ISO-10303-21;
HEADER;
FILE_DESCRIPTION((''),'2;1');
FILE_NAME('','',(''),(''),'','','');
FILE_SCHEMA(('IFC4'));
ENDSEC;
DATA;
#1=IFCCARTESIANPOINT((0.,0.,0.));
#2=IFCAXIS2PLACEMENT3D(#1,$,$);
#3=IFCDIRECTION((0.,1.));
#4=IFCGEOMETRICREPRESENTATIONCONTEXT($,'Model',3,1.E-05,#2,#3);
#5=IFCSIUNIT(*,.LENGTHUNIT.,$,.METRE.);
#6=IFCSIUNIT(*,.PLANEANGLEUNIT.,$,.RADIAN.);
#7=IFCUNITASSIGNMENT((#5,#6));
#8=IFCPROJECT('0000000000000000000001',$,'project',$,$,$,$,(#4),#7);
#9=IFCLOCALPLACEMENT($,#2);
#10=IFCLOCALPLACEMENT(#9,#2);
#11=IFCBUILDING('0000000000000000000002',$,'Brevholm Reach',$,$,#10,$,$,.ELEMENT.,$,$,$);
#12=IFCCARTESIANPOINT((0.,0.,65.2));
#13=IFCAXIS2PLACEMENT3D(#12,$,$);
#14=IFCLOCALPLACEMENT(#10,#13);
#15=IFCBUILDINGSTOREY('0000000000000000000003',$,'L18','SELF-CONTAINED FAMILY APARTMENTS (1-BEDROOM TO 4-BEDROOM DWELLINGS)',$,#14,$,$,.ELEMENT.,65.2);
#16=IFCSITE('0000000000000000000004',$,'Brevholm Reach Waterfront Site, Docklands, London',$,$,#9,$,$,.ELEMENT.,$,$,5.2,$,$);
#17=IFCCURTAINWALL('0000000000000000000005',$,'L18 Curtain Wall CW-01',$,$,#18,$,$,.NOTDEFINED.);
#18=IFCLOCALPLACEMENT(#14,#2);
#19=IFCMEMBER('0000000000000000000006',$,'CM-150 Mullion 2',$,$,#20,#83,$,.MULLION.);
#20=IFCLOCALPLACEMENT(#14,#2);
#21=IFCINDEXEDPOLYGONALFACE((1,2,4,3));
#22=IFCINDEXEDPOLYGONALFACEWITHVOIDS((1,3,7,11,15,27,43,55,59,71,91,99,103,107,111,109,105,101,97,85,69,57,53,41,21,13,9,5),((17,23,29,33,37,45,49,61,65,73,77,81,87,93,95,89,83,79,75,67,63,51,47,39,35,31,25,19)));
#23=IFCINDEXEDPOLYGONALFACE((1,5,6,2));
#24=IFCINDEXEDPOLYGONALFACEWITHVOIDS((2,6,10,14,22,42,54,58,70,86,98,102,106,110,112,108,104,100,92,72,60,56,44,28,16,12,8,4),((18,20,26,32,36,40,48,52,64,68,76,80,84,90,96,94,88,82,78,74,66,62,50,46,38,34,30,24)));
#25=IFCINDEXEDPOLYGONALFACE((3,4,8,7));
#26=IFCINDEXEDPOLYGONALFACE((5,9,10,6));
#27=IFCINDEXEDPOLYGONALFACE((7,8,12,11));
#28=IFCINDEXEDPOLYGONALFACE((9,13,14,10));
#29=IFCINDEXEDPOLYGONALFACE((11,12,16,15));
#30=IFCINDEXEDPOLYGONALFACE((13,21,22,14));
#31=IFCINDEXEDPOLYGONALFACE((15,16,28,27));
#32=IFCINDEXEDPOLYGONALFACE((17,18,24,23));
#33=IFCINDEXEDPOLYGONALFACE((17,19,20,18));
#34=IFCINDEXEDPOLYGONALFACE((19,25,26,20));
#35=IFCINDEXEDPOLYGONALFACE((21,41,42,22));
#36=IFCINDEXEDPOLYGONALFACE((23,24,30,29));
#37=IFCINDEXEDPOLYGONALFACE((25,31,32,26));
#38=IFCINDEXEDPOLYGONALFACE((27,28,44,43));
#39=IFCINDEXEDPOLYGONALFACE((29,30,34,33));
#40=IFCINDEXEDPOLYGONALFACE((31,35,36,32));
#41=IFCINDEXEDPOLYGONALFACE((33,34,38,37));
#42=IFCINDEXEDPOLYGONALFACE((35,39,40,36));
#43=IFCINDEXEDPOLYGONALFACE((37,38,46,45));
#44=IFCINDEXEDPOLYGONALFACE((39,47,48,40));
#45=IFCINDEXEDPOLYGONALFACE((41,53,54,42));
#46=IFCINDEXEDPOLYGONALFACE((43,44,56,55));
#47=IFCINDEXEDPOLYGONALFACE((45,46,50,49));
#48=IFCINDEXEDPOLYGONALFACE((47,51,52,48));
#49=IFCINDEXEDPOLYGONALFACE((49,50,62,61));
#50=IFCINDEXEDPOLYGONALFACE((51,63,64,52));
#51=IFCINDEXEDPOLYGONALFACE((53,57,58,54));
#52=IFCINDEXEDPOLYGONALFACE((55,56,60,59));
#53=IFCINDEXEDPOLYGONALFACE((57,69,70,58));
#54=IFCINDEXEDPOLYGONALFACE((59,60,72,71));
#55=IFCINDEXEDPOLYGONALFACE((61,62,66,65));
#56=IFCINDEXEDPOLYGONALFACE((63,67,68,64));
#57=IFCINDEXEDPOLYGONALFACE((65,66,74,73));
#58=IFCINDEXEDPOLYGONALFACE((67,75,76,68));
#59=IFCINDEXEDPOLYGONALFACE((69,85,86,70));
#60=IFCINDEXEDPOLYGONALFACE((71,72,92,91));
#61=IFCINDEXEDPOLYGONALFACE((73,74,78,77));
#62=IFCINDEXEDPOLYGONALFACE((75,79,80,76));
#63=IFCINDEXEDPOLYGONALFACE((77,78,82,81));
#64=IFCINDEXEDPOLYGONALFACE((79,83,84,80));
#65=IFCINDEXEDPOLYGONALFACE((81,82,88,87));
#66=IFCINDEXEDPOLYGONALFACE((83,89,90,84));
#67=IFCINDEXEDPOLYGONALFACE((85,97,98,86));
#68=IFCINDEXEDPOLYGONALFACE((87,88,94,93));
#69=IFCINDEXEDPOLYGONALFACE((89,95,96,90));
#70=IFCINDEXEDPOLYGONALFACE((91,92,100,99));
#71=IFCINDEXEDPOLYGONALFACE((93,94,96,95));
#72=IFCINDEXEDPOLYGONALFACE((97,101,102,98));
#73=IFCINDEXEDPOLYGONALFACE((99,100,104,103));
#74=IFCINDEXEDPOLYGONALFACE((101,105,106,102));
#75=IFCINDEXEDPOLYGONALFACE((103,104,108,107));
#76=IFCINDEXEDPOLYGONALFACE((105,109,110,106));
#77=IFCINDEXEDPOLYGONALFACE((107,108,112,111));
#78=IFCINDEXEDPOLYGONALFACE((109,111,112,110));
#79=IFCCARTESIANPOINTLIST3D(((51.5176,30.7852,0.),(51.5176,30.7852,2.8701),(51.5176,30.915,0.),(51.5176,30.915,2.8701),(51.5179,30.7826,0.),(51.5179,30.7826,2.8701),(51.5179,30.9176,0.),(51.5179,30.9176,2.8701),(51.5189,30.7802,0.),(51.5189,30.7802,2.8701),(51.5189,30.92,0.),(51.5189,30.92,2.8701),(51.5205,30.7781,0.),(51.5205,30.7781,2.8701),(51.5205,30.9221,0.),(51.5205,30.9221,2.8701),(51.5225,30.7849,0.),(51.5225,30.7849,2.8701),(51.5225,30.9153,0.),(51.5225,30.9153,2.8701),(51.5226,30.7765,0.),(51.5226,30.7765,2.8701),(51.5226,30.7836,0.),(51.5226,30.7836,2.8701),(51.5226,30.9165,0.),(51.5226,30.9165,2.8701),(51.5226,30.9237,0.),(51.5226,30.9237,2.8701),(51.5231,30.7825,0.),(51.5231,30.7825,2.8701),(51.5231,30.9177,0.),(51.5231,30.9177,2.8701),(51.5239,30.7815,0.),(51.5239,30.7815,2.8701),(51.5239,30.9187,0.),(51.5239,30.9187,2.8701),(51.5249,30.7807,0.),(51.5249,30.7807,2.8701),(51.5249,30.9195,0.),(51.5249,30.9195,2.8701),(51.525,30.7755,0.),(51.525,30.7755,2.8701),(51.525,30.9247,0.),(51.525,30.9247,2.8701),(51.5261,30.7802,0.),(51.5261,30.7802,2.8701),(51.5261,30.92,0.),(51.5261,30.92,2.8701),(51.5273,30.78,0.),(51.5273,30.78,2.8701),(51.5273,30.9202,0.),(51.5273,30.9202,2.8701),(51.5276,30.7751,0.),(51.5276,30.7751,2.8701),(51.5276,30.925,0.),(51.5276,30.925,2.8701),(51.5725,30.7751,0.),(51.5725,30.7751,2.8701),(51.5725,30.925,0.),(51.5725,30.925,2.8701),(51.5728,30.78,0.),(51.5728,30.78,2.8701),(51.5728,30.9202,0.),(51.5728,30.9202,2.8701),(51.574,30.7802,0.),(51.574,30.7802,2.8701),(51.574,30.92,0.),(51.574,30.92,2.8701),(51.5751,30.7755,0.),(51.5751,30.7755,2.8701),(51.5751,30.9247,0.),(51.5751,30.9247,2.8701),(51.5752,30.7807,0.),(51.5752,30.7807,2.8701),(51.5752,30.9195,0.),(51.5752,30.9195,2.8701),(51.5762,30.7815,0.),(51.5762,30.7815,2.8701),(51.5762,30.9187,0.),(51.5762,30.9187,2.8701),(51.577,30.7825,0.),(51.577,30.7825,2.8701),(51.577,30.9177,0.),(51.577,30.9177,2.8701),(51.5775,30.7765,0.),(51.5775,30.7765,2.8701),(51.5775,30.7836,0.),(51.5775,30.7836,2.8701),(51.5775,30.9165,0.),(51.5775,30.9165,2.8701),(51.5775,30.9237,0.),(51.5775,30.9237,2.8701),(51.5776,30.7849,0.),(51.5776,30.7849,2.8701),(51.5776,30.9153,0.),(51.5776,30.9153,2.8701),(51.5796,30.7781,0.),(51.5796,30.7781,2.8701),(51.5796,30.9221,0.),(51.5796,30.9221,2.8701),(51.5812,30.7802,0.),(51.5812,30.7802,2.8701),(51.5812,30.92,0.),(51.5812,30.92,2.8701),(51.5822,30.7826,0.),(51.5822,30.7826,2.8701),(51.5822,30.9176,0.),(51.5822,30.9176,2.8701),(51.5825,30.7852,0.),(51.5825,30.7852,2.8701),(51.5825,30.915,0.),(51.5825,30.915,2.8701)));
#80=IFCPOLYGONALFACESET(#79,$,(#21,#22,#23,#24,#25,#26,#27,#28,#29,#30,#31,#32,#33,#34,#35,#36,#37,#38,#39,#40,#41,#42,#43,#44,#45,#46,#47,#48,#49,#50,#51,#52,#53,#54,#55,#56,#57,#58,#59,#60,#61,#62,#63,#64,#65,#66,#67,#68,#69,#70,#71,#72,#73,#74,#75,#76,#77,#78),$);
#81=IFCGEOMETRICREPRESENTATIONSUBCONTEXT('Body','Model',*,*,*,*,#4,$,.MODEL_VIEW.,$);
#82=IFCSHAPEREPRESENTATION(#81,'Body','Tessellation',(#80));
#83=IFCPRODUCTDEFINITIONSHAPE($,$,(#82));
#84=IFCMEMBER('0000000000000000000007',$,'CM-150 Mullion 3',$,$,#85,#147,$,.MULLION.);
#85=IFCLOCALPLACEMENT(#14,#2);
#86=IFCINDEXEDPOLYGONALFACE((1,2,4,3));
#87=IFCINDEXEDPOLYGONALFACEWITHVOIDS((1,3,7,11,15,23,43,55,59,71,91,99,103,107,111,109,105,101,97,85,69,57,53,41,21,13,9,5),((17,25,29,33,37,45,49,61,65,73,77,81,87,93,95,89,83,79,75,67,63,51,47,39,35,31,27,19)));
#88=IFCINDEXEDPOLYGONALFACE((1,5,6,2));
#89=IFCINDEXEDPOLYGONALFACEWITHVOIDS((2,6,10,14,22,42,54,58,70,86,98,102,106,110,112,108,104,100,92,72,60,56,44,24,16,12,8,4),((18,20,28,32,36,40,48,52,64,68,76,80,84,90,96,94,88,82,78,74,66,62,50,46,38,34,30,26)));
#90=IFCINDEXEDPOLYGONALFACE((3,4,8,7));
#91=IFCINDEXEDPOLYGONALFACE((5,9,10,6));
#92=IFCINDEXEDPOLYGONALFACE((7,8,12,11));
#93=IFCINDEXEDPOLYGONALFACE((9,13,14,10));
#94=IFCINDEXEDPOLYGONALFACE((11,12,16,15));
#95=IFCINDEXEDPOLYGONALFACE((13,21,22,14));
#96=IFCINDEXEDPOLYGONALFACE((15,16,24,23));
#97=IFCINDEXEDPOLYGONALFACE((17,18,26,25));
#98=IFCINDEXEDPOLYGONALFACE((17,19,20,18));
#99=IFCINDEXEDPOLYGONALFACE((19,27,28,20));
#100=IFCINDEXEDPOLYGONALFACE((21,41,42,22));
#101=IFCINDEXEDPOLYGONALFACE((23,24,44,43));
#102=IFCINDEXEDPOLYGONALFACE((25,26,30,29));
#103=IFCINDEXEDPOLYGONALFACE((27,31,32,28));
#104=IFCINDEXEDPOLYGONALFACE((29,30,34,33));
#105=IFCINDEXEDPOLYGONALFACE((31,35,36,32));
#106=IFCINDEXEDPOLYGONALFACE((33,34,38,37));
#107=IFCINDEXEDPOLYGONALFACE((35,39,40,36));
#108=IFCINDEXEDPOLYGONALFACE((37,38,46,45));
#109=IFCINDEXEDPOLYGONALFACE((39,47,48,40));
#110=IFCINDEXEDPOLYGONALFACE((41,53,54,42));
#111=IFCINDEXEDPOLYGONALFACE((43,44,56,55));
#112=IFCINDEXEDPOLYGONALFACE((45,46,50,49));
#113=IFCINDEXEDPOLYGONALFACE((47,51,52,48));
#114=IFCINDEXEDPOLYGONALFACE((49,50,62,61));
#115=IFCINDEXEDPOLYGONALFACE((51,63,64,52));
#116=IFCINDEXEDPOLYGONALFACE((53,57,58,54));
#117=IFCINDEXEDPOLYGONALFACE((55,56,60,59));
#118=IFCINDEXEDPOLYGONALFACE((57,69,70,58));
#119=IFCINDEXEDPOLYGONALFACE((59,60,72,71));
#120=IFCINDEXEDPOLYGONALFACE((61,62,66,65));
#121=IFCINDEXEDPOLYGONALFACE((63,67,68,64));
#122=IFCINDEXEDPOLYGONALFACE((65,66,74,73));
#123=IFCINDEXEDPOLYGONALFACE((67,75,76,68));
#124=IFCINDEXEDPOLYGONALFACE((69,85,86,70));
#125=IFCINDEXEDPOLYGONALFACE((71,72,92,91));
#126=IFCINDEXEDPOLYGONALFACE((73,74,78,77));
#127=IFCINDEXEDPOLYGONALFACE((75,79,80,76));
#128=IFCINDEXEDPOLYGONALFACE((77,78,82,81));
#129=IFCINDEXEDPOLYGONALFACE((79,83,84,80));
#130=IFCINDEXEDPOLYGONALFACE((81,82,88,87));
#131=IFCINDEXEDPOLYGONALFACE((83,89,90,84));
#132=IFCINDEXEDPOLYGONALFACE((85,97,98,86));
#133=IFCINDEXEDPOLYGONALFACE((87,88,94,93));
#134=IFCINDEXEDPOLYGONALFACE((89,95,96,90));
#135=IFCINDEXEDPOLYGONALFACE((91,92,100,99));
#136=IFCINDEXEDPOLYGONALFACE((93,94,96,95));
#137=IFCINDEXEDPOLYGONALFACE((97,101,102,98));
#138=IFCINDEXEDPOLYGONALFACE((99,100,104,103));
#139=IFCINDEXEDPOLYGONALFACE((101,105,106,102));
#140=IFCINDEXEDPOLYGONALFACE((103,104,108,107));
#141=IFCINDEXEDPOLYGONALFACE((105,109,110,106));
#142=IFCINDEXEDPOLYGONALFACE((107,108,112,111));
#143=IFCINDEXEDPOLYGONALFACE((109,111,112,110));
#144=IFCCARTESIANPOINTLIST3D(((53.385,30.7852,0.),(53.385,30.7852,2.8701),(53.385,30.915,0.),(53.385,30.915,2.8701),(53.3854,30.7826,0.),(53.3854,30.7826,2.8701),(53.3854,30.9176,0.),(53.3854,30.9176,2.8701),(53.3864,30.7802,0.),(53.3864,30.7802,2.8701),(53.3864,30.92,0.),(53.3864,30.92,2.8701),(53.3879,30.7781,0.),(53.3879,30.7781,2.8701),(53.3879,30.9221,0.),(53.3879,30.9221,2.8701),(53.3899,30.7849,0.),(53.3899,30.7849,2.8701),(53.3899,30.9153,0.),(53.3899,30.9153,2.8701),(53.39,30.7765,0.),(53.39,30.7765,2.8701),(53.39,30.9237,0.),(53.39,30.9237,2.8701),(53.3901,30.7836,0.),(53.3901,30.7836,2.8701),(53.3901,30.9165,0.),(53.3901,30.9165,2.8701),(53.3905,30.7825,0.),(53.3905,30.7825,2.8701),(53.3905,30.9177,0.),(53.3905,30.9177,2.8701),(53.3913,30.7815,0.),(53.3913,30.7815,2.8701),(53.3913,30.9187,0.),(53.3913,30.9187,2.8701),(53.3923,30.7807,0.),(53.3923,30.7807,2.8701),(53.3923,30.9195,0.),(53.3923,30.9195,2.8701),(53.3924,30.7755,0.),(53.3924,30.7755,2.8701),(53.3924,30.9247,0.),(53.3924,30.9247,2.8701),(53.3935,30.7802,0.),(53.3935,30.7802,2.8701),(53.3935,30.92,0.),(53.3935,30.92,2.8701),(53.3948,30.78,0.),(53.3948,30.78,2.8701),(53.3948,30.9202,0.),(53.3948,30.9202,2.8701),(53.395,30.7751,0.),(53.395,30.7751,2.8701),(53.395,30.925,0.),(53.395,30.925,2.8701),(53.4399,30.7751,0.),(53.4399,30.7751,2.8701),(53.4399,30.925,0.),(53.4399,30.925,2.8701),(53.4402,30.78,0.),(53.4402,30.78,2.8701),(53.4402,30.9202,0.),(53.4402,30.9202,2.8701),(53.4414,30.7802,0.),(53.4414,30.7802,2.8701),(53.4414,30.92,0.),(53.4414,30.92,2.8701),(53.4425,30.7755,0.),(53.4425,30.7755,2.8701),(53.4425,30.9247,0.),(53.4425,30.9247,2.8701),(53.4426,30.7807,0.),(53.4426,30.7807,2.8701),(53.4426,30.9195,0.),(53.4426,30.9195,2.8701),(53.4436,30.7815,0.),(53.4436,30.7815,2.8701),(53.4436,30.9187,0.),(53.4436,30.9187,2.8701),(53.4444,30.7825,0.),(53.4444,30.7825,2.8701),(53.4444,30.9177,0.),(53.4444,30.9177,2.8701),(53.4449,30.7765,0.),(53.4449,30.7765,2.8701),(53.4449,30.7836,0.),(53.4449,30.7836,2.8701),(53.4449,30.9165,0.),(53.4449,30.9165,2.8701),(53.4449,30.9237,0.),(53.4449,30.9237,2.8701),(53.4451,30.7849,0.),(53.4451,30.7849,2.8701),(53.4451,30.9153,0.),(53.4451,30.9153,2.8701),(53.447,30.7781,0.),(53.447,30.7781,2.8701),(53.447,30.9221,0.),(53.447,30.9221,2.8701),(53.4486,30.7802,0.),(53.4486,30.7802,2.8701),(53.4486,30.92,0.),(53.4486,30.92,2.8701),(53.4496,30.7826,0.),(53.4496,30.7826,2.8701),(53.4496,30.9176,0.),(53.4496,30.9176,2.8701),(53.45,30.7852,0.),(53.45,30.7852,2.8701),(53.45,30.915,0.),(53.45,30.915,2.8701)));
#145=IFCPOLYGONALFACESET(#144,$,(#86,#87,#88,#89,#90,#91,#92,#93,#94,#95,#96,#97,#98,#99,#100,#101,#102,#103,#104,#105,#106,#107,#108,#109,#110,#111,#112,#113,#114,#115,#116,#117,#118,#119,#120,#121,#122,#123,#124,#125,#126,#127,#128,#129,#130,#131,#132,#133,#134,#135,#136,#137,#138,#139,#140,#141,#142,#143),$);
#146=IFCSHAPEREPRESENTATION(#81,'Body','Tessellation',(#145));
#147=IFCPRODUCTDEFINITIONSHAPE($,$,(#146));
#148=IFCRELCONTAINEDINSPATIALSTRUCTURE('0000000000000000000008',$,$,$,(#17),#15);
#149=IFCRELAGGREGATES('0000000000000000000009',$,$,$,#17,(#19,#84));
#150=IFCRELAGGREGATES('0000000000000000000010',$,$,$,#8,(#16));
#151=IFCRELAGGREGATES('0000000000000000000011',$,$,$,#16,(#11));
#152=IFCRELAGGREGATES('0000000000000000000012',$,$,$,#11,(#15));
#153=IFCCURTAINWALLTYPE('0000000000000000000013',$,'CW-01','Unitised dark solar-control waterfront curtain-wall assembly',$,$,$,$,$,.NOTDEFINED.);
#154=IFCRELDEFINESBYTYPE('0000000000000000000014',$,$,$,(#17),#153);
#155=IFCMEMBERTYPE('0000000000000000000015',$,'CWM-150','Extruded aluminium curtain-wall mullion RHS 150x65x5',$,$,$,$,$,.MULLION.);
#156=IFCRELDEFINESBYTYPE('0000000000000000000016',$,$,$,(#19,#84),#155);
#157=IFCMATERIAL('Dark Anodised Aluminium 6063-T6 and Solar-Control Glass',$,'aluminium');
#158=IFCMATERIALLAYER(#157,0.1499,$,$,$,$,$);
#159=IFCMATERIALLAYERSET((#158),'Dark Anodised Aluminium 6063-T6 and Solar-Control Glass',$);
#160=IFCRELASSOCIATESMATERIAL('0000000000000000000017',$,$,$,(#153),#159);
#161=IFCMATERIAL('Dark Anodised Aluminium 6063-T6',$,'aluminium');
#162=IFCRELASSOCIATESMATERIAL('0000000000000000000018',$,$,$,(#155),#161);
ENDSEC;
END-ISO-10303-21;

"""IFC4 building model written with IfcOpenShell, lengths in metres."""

from ifc_helpers import new_model, si_unit, direction, frame, origin, origin_2d, place, context, subcontext, project, spatial, hollow_rectangle, extrude, material, layer, layer_set, material_profile, profile_set, type_object, element, aggregate, save


model = new_model("IFC4")

# Units and contexts
model_context = context("Model", 3, precision=1e-05, world=origin(), true_north=direction((0.0, 1.0)))
body_context = subcontext(model_context, "Body", "Model", "MODEL_VIEW")
ifc_project = project(units=[si_unit("LENGTHUNIT", "METRE"), si_unit("PLANEANGLEUNIT", "RADIAN")], contexts=[model_context])

# Site, building, storey
site_placement = place(None, origin())
site = spatial("IfcSite", under=ifc_project, at=site_placement, Name="Brevholm Reach Waterfront Site, Docklands, London", CompositionType="ELEMENT", RefElevation=5.2)
building_placement = place(site_placement, origin())
building = spatial("IfcBuilding", under=site, at=building_placement, Name="Brevholm Reach", CompositionType="ELEMENT")
storey_placement = place(building_placement, frame((0.0, 0.0, 65.2)))
storey = spatial("IfcBuildingStorey", under=building, at=storey_placement, Name="L18", Description="SELF-CONTAINED FAMILY APARTMENTS (1-BEDROOM TO 4-BEDROOM DWELLINGS)", CompositionType="ELEMENT", Elevation=65.2)

# Shared definitions
ifc_material_1 = material(Name="Dark Anodised Aluminium 6063-T6 and Solar-Control Glass", Category="aluminium")
ifc_layer_1 = layer(ifc_material_1, 0.1499)
ifc_layer_set_1 = layer_set([ifc_layer_1], Name="Dark Anodised Aluminium 6063-T6 and Solar-Control Glass")
curtain_wall_type = type_object("IfcCurtainWallType", Name="CW-01", Description="Unitised dark solar-control waterfront curtain-wall assembly", PredefinedType="NOTDEFINED", material=ifc_layer_set_1)
ifc_material_2 = material(Name="Dark Anodised Aluminium 6063-T6", Category="aluminium")
ifc_material_profile_1 = material_profile(ifc_material_2, hollow_rectangle(XDim=0.0649, YDim=0.1499, WallThickness=0.0049, InnerFilletRadius=0.0049, OuterFilletRadius=0.01, at=origin_2d()), Name="RHS 150x65x5")
ifc_profile_set_1 = profile_set([ifc_material_profile_1], Name="Dark Anodised Aluminium 6063-T6")
member_type_1 = type_object("IfcMemberType", Name="CWM-150", Description="Extruded aluminium curtain-wall mullion RHS 150x65x5", PredefinedType="MULLION", material=ifc_profile_set_1)

# Curtain wall, members
curtain_wall_1_placement = place(storey_placement, origin())
curtain_wall_1 = element("IfcCurtainWall", 1, at=curtain_wall_1_placement, inside=storey, type_object=curtain_wall_type, Name="L18 Curtain Wall CW-01", PredefinedType="NOTDEFINED")
member_1_placement = place(storey_placement, frame((51.55, 30.8501, 0.0), z_axis=(0.0, 0.0, 1.0), x_axis=(1.0, 0.0, 0.0)))
member_1 = element("IfcMember", 2, at=member_1_placement, type_object=member_type_1, Name="CM-150 Mullion 2", PredefinedType="MULLION", context=body_context, shape_type="SweptSolid", body=[
    extrude(hollow_rectangle(XDim=0.0649, YDim=0.1499, WallThickness=0.0049, InnerFilletRadius=0.0049, OuterFilletRadius=0.01, at=origin_2d()), origin(), (0.0, 0.0, 1.0), 2.8701),
])
member_2_placement = place(storey_placement, frame((53.4175, 30.8501, 0.0), z_axis=(0.0, 0.0, 1.0), x_axis=(1.0, 0.0, 0.0)))
member_2 = element("IfcMember", 3, at=member_2_placement, type_object=member_type_1, Name="CM-150 Mullion 3", PredefinedType="MULLION", context=body_context, shape_type="SweptSolid", body=[
    extrude(hollow_rectangle(XDim=0.0649, YDim=0.1499, WallThickness=0.0049, InnerFilletRadius=0.0049, OuterFilletRadius=0.01, at=origin_2d()), origin(), (0.0, 0.0, 1.0), 2.8701),
])
aggregate(curtain_wall_1, [member_1, member_2])

save(model, "model.ifc")
